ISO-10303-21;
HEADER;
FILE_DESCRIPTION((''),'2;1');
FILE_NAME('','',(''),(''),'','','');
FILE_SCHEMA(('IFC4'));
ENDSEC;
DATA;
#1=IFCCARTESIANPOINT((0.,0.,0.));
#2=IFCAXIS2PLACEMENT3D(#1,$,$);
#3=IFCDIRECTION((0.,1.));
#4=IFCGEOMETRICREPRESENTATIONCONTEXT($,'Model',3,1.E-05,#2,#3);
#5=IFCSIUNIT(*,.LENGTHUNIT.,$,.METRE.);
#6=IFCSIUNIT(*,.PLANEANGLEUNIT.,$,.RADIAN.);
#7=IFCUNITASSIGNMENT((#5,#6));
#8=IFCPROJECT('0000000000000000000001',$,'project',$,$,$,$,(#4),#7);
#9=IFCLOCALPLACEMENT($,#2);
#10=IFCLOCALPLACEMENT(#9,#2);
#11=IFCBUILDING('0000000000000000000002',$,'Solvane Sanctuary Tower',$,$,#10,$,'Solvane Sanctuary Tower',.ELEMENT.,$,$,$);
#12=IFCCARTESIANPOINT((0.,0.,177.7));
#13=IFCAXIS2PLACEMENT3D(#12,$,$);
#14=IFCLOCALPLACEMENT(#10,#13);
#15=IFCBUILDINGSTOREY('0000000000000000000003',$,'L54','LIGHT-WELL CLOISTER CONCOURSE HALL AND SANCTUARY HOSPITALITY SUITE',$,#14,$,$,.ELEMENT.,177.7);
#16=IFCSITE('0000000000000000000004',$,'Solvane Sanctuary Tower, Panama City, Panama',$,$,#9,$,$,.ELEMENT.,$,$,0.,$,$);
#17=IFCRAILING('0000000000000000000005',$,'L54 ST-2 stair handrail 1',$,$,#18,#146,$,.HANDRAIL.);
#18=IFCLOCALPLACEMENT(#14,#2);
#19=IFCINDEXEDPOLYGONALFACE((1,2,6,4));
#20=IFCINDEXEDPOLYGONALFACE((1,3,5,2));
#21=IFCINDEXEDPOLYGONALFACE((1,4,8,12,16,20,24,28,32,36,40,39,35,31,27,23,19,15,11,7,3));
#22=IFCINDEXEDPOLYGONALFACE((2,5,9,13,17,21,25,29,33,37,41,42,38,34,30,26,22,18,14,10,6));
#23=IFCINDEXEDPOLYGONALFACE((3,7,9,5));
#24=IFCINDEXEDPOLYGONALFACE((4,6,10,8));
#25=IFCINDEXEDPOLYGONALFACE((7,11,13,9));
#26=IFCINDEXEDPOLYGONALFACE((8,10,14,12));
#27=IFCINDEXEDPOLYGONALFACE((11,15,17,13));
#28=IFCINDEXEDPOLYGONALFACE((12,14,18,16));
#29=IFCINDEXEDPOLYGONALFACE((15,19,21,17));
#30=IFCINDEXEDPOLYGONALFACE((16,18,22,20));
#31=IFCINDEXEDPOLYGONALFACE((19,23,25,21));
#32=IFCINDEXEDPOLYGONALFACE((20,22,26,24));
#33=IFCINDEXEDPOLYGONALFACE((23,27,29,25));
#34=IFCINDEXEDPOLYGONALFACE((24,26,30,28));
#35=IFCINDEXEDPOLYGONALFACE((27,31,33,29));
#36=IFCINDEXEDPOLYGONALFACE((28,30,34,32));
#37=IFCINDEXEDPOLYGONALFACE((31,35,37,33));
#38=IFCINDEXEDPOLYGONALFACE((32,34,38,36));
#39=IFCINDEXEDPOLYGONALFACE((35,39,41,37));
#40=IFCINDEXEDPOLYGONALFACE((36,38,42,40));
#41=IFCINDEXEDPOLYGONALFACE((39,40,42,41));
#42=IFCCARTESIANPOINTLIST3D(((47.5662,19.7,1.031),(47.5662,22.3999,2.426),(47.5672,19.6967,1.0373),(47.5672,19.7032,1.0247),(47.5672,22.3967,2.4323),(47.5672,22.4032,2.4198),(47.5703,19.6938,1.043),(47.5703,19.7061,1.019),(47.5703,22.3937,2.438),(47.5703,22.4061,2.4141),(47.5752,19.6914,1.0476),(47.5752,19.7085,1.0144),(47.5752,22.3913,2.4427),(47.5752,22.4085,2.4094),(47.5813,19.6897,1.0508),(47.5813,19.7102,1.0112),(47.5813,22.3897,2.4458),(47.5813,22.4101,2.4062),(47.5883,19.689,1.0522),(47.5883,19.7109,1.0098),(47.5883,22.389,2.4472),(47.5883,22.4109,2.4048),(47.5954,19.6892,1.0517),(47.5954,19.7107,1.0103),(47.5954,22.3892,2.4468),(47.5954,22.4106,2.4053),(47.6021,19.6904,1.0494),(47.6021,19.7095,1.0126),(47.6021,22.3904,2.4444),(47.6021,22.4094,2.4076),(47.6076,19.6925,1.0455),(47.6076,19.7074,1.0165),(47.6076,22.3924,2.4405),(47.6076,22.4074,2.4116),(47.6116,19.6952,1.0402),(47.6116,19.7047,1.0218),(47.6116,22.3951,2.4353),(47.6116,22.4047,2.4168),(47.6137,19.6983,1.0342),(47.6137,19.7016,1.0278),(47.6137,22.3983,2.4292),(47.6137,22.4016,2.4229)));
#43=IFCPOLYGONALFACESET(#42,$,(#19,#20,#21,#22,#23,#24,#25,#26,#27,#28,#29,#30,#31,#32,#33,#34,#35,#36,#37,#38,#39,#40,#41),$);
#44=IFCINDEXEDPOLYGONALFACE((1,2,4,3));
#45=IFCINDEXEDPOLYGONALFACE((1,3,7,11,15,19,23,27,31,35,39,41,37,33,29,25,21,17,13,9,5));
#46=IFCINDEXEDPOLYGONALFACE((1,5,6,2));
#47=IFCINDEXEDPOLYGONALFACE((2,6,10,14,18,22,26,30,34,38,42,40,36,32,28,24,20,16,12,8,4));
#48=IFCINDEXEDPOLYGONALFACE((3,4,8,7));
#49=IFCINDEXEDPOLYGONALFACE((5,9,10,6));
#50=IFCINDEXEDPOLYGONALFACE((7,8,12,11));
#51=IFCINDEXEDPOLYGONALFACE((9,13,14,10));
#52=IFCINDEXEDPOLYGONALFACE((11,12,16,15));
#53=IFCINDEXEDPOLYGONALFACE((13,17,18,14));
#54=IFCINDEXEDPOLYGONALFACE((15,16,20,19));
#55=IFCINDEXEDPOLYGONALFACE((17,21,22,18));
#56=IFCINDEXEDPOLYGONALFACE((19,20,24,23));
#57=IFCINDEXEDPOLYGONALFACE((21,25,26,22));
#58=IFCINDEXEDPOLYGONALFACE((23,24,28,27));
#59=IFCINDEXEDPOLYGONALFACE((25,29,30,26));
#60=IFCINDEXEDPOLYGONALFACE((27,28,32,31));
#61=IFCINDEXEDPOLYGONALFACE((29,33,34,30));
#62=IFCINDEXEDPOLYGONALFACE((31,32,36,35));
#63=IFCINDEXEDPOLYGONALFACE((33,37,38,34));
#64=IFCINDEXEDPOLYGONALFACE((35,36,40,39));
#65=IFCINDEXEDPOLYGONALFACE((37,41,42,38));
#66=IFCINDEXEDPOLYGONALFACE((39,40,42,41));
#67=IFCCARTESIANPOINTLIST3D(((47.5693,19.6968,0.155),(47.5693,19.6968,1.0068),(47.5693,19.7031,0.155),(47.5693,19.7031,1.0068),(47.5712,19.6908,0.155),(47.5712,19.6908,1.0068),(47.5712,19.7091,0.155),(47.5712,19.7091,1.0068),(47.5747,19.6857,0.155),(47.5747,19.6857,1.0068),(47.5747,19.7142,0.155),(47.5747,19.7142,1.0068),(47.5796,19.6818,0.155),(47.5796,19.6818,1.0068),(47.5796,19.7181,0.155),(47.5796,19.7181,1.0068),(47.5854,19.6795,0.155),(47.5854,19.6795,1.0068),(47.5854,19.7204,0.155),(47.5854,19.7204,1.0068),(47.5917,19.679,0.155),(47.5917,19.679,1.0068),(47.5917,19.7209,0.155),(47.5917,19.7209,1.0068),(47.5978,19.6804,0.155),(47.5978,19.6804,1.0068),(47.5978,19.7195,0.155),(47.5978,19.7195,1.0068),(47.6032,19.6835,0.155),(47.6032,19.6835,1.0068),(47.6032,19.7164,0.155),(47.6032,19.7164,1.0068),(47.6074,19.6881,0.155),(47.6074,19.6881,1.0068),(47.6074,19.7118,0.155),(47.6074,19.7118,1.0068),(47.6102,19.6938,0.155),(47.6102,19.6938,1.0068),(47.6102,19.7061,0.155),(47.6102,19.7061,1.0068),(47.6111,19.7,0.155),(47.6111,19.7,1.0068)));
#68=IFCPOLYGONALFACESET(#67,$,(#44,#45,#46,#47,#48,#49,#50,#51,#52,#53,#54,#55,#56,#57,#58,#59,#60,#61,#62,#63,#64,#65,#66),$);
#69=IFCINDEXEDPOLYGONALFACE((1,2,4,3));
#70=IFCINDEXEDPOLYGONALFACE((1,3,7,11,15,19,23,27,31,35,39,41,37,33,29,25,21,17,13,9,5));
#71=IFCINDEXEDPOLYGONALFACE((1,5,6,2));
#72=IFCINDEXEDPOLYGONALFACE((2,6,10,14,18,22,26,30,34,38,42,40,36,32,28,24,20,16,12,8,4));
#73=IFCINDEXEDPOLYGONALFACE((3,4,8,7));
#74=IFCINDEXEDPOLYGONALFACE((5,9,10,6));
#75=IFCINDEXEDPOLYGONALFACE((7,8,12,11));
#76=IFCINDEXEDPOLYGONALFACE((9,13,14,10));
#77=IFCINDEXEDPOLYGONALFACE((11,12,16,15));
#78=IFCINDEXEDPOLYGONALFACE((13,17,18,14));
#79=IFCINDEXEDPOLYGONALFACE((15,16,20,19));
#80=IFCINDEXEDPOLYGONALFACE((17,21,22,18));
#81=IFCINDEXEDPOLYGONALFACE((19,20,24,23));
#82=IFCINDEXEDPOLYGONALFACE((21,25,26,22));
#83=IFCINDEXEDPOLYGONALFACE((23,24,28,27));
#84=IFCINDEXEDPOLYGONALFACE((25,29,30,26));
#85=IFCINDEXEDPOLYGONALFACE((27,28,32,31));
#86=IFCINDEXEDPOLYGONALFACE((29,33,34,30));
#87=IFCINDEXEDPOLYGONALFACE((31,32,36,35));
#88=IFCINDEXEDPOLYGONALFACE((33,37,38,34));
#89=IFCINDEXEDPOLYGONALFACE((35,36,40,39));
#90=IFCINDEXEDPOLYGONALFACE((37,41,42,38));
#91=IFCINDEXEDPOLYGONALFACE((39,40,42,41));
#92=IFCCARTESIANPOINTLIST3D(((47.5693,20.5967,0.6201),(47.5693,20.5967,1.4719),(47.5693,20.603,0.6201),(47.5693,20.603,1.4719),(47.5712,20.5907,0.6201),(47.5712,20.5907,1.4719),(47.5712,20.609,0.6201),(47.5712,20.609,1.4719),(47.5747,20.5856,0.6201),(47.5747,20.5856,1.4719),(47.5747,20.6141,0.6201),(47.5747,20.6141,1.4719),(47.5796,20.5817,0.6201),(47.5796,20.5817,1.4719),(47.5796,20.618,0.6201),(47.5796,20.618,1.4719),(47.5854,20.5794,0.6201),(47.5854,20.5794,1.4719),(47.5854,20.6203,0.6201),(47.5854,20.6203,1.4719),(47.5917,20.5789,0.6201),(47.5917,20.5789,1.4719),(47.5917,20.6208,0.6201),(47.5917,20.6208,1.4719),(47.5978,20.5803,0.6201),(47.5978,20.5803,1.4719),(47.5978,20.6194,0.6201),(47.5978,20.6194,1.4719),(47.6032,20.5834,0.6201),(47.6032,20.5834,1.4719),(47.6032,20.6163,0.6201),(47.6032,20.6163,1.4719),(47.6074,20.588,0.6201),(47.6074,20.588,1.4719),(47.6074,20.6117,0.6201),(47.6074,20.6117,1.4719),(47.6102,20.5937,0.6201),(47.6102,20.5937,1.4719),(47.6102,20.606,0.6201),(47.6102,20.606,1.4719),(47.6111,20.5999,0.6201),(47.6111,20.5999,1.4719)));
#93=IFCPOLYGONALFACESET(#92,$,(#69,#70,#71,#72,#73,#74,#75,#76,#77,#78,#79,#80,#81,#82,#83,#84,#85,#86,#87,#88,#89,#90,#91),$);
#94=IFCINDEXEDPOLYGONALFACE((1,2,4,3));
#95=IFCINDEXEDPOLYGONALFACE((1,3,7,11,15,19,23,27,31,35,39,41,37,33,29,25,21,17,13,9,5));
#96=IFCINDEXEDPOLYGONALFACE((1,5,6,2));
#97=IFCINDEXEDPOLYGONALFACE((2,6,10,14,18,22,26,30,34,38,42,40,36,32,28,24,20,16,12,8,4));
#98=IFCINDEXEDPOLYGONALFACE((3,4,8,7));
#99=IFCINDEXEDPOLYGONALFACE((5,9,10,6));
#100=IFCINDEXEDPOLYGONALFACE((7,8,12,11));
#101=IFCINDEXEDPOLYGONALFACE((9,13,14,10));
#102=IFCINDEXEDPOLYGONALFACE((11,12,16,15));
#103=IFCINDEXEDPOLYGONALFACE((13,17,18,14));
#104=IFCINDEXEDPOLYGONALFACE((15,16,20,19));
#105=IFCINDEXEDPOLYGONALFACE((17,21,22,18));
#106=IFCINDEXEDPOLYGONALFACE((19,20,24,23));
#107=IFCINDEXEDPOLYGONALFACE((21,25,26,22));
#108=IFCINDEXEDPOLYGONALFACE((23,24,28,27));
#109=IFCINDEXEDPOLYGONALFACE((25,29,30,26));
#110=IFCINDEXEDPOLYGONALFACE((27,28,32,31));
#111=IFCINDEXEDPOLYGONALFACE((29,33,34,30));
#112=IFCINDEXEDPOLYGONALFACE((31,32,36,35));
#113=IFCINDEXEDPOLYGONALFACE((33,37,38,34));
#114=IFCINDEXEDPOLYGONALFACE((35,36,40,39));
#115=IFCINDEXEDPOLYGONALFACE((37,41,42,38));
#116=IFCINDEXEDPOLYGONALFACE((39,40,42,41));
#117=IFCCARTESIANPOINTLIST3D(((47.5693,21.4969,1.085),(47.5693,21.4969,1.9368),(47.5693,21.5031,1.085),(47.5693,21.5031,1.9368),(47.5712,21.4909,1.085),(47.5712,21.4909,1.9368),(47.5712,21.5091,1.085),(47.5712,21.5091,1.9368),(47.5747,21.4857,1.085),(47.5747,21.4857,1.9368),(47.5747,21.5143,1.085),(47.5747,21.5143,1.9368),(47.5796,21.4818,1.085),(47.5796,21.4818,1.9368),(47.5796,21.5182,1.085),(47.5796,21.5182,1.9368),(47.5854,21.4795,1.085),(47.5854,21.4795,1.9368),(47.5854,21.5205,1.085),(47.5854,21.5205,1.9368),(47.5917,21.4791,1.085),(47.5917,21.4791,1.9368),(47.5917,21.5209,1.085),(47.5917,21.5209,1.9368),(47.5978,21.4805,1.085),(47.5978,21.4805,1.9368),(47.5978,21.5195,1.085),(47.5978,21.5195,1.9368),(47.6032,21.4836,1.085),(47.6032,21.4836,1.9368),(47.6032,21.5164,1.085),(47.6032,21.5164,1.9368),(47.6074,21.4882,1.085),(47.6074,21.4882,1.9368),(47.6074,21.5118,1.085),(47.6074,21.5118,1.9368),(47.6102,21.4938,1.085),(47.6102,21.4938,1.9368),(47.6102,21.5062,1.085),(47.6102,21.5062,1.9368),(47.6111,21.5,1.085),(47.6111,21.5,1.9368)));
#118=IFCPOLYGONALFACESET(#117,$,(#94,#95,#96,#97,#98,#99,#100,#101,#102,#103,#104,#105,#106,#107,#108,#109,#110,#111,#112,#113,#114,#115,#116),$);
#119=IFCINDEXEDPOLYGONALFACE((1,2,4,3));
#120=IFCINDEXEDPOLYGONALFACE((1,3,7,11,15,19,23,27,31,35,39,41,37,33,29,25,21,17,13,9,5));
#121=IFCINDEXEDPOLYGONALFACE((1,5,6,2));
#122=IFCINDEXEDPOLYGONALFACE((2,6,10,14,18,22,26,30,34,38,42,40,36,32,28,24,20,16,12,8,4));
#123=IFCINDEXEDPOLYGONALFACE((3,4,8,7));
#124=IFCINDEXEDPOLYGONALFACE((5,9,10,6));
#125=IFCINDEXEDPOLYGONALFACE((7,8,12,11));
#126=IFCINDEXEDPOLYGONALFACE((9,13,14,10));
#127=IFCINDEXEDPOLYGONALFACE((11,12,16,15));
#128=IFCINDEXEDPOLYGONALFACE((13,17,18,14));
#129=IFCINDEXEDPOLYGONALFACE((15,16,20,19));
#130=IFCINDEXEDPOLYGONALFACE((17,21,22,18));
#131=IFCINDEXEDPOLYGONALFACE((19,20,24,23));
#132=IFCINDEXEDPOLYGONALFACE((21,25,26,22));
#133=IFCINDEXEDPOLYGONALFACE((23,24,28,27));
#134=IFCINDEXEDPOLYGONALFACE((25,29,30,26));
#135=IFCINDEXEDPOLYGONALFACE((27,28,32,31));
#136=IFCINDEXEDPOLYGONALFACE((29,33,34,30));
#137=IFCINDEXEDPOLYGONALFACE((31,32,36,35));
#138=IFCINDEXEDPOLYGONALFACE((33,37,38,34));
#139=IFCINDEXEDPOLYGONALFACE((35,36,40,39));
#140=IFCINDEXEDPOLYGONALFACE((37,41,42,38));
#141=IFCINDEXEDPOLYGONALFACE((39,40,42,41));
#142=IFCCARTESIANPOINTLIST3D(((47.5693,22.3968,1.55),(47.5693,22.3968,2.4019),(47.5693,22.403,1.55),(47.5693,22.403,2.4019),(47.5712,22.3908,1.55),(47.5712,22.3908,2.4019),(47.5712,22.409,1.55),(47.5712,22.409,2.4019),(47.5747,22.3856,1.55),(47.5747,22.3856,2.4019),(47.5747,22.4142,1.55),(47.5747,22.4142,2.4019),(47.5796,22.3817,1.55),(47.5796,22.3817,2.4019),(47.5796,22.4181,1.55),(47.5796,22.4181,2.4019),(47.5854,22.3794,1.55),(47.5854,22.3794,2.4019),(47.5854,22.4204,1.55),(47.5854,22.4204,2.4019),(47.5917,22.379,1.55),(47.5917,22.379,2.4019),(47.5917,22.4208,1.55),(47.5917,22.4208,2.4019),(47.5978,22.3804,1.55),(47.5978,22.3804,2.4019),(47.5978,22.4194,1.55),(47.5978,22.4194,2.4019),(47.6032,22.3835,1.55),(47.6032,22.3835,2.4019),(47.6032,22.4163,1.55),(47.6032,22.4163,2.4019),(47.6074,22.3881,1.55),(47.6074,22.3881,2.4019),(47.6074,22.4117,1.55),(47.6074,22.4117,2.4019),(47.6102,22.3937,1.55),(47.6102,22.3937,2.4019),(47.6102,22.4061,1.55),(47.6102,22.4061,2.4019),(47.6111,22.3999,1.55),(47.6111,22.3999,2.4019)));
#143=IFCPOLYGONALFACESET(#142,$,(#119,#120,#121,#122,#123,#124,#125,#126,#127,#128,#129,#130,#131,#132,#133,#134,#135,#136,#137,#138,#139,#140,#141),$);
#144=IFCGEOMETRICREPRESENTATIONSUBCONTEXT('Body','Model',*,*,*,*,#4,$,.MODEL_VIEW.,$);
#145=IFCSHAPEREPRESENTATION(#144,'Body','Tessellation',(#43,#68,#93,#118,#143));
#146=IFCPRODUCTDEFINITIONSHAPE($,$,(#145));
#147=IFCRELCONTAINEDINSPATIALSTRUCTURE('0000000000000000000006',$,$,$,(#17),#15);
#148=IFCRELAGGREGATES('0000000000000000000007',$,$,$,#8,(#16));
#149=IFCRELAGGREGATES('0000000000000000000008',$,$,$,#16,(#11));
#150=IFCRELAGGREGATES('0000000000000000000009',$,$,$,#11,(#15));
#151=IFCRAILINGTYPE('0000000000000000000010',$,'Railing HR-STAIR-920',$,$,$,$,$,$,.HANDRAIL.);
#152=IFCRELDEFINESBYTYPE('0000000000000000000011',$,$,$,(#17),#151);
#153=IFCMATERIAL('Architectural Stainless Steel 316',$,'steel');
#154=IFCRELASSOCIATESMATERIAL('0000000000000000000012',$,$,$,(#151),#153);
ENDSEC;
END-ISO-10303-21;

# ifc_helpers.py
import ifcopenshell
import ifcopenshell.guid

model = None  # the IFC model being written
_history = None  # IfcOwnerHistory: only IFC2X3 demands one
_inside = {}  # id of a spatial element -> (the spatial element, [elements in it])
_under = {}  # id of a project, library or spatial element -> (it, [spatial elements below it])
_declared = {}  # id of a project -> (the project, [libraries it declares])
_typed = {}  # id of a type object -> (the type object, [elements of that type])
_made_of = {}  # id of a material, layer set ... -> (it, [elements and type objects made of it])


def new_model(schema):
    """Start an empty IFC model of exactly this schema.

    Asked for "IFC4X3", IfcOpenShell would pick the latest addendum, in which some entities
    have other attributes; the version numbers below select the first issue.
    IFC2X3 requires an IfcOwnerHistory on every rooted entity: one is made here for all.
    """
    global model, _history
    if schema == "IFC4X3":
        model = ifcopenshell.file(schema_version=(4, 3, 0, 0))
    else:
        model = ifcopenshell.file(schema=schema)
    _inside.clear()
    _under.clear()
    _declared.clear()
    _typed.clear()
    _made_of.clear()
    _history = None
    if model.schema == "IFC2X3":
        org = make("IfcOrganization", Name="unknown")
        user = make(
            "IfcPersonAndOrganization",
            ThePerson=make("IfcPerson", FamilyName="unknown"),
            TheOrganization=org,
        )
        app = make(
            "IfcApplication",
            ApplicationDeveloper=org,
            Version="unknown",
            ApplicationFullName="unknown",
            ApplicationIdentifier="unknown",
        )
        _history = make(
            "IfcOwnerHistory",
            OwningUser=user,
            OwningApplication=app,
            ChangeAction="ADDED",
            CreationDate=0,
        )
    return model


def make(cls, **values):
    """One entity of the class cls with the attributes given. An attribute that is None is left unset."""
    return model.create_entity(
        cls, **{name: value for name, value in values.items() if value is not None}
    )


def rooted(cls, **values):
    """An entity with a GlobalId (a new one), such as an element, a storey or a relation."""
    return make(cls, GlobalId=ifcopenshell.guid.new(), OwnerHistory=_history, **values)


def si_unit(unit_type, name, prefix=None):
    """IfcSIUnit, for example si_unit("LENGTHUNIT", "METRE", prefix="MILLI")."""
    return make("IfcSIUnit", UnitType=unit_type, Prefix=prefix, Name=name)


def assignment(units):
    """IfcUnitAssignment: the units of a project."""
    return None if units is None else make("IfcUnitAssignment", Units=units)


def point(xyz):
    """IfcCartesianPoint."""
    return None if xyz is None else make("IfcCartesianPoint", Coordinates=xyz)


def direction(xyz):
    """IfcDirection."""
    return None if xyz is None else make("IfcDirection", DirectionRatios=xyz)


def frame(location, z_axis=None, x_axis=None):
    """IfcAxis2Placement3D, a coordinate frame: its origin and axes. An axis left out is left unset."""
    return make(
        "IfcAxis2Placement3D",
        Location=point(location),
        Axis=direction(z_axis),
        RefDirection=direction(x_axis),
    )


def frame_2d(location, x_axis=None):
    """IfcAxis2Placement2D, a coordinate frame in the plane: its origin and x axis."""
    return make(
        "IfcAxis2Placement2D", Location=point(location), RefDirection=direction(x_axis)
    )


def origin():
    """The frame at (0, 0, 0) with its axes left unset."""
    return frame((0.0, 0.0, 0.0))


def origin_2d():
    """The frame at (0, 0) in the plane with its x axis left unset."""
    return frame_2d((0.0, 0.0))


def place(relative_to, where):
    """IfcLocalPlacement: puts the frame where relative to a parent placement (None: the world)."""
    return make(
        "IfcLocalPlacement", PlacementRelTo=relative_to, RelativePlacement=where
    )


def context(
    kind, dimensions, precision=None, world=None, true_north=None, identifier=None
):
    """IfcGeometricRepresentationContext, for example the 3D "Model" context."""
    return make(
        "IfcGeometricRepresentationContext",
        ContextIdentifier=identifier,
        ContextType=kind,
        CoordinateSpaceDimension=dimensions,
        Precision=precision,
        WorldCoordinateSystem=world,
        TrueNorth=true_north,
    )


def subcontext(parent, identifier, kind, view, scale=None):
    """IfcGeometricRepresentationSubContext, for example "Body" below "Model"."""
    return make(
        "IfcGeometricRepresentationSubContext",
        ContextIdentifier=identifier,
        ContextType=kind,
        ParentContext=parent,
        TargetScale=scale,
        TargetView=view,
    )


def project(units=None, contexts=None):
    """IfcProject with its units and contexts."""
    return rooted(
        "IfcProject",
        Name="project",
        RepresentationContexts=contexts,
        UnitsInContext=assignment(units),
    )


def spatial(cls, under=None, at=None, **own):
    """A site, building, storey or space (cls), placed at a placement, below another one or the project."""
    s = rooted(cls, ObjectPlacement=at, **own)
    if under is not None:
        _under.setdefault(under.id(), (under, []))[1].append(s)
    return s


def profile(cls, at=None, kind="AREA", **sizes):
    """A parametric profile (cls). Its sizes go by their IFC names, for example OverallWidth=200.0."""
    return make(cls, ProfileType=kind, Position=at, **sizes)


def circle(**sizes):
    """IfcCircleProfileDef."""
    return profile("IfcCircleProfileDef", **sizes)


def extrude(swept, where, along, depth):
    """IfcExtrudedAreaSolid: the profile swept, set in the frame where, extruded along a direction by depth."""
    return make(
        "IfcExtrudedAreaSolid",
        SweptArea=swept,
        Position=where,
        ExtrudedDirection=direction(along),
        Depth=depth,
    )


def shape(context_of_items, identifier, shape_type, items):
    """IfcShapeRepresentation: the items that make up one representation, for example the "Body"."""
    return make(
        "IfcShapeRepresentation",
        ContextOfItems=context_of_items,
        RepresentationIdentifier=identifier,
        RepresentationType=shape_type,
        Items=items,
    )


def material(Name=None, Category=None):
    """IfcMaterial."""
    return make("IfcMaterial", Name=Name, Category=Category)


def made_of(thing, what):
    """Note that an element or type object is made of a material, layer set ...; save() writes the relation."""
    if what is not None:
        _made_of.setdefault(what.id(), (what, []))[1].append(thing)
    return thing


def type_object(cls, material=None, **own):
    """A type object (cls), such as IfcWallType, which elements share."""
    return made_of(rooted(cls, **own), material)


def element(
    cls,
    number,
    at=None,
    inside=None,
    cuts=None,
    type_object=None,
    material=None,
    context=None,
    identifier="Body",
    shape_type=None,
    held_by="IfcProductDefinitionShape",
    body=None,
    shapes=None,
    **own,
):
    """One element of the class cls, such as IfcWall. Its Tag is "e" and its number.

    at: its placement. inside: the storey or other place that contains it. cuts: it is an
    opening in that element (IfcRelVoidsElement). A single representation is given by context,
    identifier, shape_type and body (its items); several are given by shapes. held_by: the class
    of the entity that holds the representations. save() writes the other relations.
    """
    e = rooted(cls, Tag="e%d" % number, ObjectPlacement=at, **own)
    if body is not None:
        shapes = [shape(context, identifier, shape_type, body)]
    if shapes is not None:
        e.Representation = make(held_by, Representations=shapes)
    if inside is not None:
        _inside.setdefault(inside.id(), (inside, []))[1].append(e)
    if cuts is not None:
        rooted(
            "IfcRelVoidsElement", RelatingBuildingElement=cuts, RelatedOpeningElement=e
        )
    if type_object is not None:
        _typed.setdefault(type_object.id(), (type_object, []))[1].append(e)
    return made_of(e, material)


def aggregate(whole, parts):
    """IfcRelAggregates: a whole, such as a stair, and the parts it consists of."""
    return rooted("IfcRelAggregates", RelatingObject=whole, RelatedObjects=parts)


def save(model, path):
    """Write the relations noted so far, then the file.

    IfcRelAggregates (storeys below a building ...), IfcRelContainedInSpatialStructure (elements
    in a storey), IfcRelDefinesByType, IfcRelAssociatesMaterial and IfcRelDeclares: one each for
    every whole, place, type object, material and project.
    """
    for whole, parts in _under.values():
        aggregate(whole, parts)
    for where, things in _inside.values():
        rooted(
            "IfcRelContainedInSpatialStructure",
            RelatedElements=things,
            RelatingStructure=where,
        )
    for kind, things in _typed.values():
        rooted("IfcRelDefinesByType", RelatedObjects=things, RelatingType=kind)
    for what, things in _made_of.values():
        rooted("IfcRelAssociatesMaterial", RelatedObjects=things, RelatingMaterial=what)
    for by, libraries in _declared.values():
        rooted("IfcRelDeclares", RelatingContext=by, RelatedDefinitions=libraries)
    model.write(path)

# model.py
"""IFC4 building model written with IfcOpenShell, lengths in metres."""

from ifc_helpers import new_model, si_unit, direction, frame, origin, origin_2d, place, context, subcontext, project, spatial, circle, extrude, material, type_object, element, save


model = new_model("IFC4")

# Units and contexts
model_context = context("Model", 3, precision=1e-05, world=origin(), true_north=direction((0.0, 1.0)))
body_context = subcontext(model_context, "Body", "Model", "MODEL_VIEW")
ifc_project = project(units=[si_unit("LENGTHUNIT", "METRE"), si_unit("PLANEANGLEUNIT", "RADIAN")], contexts=[model_context])

# Site, building, storey
site_placement = place(None, origin())
site = spatial("IfcSite", under=ifc_project, at=site_placement, Name="Solvane Sanctuary Tower, Panama City, Panama", CompositionType="ELEMENT", RefElevation=0.0)
building_placement = place(site_placement, origin())
building = spatial("IfcBuilding", under=site, at=building_placement, Name="Solvane Sanctuary Tower", LongName="Solvane Sanctuary Tower", CompositionType="ELEMENT")
storey_placement = place(building_placement, frame((0.0, 0.0, 177.7)))
storey = spatial("IfcBuildingStorey", under=building, at=storey_placement, Name="L54", Description="LIGHT-WELL CLOISTER CONCOURSE HALL AND SANCTUARY HOSPITALITY SUITE", CompositionType="ELEMENT", Elevation=177.7)

# Shared definitions
ifc_material_1 = material(Name="Architectural Stainless Steel 316", Category="steel")

# Railing
railing_type_1 = type_object("IfcRailingType", Name="Railing HR-STAIR-920", PredefinedType="HANDRAIL", material=ifc_material_1)
railing_1_placement = place(storey_placement, frame((47.5901, 19.7, 0.155)))
element("IfcRailing", 1, at=railing_1_placement, inside=storey, type_object=railing_type_1, Name="L54 ST-2 stair handrail 1", PredefinedType="HANDRAIL", context=body_context, shape_type="SweptSolid", body=[
    extrude(circle(Radius=0.0239, at=origin_2d()), frame((0.0, 0.0, 0.876), z_axis=(0.0, 0.88842, 0.459032), x_axis=(-1.0, 0.0, 0.0)), (0.0, 0.0, 1.0), 3.0391),
    extrude(circle(Radius=0.021, at=origin_2d()), origin(), (0.0, 0.0, 1.0), 0.8518),
    extrude(circle(Radius=0.021, at=origin_2d()), frame((0.0, 0.8999, 0.4651)), (0.0, 0.0, 1.0), 0.8518),
    extrude(circle(Radius=0.021, at=origin_2d()), frame((0.0, 1.8, 0.9299)), (0.0, 0.0, 1.0), 0.8518),
    extrude(circle(Radius=0.021, at=origin_2d()), frame((0.0, 2.7, 1.395)), (0.0, 0.0, 1.0), 0.8518),
])

save(model, "model.ifc")
